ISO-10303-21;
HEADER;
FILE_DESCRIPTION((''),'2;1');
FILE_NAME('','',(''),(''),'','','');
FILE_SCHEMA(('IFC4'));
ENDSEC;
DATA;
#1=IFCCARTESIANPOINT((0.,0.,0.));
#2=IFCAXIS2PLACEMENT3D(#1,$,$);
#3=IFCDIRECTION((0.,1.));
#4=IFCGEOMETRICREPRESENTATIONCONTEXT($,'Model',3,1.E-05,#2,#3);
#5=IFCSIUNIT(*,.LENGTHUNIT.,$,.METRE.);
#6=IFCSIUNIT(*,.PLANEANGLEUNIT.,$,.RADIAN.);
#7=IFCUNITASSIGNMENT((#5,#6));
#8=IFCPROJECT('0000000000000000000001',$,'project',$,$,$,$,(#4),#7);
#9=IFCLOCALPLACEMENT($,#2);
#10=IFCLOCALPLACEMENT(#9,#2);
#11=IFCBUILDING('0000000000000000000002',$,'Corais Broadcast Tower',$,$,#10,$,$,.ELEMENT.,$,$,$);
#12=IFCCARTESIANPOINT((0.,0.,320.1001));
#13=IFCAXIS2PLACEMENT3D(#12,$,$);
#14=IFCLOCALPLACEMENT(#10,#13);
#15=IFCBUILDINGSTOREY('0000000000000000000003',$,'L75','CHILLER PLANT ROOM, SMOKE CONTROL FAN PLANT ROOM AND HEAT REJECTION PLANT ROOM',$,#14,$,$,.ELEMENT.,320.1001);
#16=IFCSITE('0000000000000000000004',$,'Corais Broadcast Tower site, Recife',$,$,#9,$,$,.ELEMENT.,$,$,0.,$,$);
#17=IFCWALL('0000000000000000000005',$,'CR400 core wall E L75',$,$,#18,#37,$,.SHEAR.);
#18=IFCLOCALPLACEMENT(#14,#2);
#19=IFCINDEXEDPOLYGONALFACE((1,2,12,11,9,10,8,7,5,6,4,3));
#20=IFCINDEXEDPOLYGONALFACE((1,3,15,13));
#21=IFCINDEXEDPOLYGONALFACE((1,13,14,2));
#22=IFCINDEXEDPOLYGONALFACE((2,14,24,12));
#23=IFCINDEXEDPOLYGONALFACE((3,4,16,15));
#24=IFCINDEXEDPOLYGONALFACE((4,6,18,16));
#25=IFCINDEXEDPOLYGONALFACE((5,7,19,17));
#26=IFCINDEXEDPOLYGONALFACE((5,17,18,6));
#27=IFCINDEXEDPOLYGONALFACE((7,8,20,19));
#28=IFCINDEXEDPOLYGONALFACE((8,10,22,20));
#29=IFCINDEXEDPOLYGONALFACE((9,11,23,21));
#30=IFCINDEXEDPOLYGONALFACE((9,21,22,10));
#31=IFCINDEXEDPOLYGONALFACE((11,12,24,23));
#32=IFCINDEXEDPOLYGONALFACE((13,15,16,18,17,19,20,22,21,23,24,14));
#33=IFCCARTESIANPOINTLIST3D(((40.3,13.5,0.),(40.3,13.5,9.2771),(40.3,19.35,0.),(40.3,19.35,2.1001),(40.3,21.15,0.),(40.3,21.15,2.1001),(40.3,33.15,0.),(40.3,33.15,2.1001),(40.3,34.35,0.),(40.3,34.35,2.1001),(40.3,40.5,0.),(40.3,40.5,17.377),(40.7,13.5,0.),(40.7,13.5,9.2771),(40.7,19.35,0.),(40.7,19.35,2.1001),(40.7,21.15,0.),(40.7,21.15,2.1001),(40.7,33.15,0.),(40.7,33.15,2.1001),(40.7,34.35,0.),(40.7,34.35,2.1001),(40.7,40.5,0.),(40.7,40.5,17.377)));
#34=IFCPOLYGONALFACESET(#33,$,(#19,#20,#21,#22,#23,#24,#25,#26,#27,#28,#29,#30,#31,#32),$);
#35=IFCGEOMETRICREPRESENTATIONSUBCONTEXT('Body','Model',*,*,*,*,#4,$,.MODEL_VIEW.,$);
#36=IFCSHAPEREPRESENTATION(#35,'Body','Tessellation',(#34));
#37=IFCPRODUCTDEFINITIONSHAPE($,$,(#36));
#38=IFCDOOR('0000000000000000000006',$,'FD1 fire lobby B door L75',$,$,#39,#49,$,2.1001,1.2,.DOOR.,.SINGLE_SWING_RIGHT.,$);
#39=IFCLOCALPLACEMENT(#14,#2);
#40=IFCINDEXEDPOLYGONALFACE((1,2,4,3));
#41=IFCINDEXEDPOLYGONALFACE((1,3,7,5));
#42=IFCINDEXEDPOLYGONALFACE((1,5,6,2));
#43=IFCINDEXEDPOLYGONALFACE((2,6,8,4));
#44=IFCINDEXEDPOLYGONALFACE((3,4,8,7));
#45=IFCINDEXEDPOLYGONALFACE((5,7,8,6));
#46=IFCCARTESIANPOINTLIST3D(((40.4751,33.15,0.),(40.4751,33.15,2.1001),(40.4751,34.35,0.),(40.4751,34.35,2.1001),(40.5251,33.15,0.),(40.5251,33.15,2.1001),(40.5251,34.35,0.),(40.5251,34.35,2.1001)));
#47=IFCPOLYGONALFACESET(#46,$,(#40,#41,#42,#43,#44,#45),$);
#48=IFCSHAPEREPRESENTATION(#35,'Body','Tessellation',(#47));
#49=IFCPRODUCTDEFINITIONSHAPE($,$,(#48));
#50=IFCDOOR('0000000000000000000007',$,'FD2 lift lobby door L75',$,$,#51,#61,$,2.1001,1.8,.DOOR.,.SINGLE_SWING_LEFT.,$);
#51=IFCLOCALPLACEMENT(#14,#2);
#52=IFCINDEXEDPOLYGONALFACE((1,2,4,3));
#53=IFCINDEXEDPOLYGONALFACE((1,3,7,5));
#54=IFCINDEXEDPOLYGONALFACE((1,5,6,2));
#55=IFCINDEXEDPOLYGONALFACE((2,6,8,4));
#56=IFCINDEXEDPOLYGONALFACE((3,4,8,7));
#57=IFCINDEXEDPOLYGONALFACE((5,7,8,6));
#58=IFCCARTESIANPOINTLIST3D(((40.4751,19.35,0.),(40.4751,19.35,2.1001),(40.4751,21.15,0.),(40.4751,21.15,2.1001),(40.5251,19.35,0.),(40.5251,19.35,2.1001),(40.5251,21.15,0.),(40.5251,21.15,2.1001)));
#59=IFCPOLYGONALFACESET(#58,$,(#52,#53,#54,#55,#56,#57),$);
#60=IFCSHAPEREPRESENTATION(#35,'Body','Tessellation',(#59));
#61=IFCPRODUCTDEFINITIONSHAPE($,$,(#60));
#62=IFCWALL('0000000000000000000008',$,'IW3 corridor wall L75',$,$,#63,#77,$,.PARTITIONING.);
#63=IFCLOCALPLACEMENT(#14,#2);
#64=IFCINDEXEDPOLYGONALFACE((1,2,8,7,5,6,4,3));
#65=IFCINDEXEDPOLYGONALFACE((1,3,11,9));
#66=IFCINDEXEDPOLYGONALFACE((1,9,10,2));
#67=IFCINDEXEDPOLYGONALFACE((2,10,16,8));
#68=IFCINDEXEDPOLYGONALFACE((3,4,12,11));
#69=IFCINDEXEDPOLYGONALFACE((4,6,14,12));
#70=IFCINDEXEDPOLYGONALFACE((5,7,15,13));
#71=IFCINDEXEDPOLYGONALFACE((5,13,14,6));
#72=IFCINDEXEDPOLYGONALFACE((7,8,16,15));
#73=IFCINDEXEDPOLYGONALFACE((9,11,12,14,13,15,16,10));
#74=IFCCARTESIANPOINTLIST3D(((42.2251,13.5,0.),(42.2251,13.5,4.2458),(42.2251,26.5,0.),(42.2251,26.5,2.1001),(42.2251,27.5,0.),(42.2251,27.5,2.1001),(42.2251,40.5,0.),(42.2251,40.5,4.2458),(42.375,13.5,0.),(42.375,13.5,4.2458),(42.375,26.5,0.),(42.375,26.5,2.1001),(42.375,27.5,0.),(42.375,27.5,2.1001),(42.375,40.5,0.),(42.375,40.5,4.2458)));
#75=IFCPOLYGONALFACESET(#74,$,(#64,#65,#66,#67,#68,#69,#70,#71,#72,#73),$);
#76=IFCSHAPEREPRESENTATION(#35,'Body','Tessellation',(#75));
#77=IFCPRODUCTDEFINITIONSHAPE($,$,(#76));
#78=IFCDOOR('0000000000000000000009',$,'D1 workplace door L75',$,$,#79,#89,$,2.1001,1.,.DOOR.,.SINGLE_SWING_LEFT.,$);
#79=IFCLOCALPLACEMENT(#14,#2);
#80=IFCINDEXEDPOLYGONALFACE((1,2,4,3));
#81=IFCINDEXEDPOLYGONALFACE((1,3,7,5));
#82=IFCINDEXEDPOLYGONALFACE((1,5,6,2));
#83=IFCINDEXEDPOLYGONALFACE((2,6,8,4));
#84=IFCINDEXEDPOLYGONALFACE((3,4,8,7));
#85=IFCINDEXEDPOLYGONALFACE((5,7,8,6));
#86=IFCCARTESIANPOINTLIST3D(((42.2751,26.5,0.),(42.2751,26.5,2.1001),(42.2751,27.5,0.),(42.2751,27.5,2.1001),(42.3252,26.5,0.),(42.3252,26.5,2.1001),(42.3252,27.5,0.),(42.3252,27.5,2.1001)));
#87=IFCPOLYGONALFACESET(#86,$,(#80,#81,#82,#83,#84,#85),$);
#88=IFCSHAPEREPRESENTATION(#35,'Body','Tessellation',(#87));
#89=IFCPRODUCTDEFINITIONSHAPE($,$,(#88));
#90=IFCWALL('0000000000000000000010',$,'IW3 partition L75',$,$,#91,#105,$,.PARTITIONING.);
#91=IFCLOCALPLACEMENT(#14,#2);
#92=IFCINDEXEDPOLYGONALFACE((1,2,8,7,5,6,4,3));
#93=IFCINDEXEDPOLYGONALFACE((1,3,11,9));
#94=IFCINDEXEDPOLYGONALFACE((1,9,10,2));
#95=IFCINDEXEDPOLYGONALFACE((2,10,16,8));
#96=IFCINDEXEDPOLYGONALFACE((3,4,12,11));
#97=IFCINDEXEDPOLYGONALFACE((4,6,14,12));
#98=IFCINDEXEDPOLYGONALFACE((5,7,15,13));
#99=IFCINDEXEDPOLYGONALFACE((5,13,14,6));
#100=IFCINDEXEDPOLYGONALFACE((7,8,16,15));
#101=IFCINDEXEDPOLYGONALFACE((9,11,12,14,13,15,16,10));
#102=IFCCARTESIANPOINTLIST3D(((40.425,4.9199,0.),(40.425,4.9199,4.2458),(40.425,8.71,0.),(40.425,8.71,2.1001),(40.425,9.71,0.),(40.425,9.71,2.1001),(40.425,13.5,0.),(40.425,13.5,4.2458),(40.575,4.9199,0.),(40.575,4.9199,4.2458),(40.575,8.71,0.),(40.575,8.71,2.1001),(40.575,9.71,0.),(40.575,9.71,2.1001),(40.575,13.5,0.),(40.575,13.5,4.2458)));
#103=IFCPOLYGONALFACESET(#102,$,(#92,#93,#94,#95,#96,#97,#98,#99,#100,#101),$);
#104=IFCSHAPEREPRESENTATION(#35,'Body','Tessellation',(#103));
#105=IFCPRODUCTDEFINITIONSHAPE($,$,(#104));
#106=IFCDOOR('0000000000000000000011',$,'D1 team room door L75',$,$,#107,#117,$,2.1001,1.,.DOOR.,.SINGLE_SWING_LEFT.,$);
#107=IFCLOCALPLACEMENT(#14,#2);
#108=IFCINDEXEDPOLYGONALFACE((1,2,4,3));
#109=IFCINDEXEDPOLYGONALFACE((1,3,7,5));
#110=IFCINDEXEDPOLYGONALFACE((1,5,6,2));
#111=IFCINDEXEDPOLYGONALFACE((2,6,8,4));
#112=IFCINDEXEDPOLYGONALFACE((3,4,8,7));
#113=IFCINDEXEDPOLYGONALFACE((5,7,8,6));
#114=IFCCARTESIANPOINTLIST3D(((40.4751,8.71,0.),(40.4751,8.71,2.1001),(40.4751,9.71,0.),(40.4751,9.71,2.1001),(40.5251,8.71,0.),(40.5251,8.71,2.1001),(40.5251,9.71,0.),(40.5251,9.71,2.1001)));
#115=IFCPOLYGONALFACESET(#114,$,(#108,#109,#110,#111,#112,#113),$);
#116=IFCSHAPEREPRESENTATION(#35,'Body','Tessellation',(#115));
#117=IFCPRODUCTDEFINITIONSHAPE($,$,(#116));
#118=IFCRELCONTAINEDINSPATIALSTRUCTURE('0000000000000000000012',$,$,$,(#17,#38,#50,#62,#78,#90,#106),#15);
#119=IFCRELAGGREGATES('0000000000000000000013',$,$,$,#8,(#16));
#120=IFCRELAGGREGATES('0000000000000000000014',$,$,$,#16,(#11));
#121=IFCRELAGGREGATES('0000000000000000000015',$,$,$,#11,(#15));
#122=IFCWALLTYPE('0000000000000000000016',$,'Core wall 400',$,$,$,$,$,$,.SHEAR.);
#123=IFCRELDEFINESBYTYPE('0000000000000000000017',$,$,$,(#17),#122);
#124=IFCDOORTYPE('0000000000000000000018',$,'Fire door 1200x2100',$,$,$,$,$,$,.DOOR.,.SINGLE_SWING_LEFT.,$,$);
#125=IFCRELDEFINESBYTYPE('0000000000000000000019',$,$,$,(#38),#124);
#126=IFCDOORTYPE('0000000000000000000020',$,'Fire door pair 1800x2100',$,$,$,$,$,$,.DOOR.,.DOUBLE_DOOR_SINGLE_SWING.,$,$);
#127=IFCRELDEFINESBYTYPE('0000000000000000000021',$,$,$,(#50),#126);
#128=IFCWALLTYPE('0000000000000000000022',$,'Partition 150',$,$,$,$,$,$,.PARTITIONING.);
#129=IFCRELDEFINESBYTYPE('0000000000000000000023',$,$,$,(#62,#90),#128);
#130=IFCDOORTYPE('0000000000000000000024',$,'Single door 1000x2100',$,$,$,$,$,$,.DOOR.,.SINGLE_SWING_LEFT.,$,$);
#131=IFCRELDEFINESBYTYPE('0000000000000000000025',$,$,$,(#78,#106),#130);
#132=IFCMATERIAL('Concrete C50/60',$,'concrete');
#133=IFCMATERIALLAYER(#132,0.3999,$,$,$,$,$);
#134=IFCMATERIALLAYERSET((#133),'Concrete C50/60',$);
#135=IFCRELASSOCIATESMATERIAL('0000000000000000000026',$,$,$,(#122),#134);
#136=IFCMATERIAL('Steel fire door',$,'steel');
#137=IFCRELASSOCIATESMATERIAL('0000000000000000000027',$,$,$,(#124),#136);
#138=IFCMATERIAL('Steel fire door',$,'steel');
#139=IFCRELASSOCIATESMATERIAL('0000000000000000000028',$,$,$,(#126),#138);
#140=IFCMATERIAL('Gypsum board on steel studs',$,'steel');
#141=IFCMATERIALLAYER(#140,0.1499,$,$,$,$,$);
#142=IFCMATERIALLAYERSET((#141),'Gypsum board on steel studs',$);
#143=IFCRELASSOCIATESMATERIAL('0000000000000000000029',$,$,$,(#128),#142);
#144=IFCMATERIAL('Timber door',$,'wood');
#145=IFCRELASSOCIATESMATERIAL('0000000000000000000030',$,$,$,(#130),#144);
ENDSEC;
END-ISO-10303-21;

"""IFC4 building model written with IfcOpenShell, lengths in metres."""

from ifc_helpers import new_model, si_unit, direction, frame, frame_2d, origin, place, context, subcontext, project, spatial, polyline, rectangle, outline, extrude, material, layer, layer_set, type_object, element, fill, save


model = new_model("IFC4")

# Units and contexts
model_context = context("Model", 3, precision=1e-05, world=origin(), true_north=direction((0.0, 1.0)))
body_context = subcontext(model_context, "Body", "Model", "MODEL_VIEW")
ifc_project = project(units=[si_unit("LENGTHUNIT", "METRE"), si_unit("PLANEANGLEUNIT", "RADIAN")], contexts=[model_context])

# Site, building, storey
site_placement = place(None, origin())
site = spatial("IfcSite", under=ifc_project, at=site_placement, Name="Corais Broadcast Tower site, Recife", CompositionType="ELEMENT", RefElevation=0.0)
building_placement = place(site_placement, origin())
building = spatial("IfcBuilding", under=site, at=building_placement, Name="Corais Broadcast Tower", CompositionType="ELEMENT")
storey_placement = place(building_placement, frame((0.0, 0.0, 320.1001)))
storey = spatial("IfcBuildingStorey", under=building, at=storey_placement, Name="L75", Description="CHILLER PLANT ROOM, SMOKE CONTROL FAN PLANT ROOM AND HEAT REJECTION PLANT ROOM", CompositionType="ELEMENT", Elevation=320.1001)

# Wall, openings, doors
ifc_material_1 = material(Name="Concrete C50/60", Category="concrete")
ifc_layer_1 = layer(ifc_material_1, 0.3999)
ifc_layer_set_1 = layer_set([ifc_layer_1], Name="Concrete C50/60")
wall_type_1 = type_object("IfcWallType", Name="Core wall 400", PredefinedType="SHEAR", material=ifc_layer_set_1)
wall_1_placement = place(storey_placement, frame((40.5, 13.5, 0.0), z_axis=(0.0, 0.0, 1.0), x_axis=(0.0, 1.0, 0.0)))
wall_1 = element("IfcWall", 1, at=wall_1_placement, inside=storey, type_object=wall_type_1, Name="CR400 core wall E L75", PredefinedType="SHEAR", context=body_context, shape_type="SweptSolid", body=[
    extrude(outline(polyline([(0.0, 0.0), (27.0, 0.0), (27.0, 17.377), (0.0, 9.2771), (0.0, 0.0)])), frame((0.0, 0.2, 0.0), z_axis=(0.0, -1.0, 0.0), x_axis=(1.0, 0.0, 0.0)), (0.0, 0.0, 1.0), 0.3999),
])
opening_1_placement = place(wall_1_placement, frame((5.8501, 0.0, 0.0)))
opening_1 = element("IfcOpeningElement", 2, at=opening_1_placement, cuts=wall_1, PredefinedType="OPENING", context=body_context, shape_type="SweptSolid", body=[
    extrude(rectangle(XDim=1.8, YDim=2.1001, at=frame_2d((0.8999, 1.05))), frame((0.0, 0.21, 0.0), z_axis=(0.0, -1.0, 0.0), x_axis=(1.0, 0.0, 0.0)), (0.0, 0.0, 1.0), 0.4199),
])
opening_2_placement = place(wall_1_placement, frame((19.6499, 0.0, 0.0)))
opening_2 = element("IfcOpeningElement", 3, at=opening_2_placement, cuts=wall_1, PredefinedType="OPENING", context=body_context, shape_type="SweptSolid", body=[
    extrude(rectangle(XDim=1.2, YDim=2.1001, at=frame_2d((0.6001, 1.05))), frame((0.0, 0.21, 0.0), z_axis=(0.0, -1.0, 0.0), x_axis=(1.0, 0.0, 0.0)), (0.0, 0.0, 1.0), 0.4199),
])
ifc_material_2 = material(Name="Steel fire door", Category="steel")
door_type_1 = type_object("IfcDoorType", Name="Fire door 1200x2100", OperationType="SINGLE_SWING_LEFT", PredefinedType="DOOR", material=ifc_material_2)
door_1_placement = place(opening_2_placement, origin())
door_1 = element("IfcDoor", 4, at=door_1_placement, inside=storey, type_object=door_type_1, Name="FD1 fire lobby B door L75", OperationType="SINGLE_SWING_RIGHT", OverallHeight=2.1001, OverallWidth=1.2, PredefinedType="DOOR", context=body_context, shape_type="SweptSolid", body=[
    extrude(rectangle(XDim=1.2, YDim=2.1001, at=frame_2d((0.6001, 1.05))), frame((0.0, 0.0249, 0.0), z_axis=(0.0, -1.0, 0.0), x_axis=(1.0, 0.0, 0.0)), (0.0, 0.0, 1.0), 0.05),
])
fill(opening_2, door_1)
ifc_material_3 = material(Name="Steel fire door", Category="steel")
door_type_2 = type_object("IfcDoorType", Name="Fire door pair 1800x2100", OperationType="DOUBLE_DOOR_SINGLE_SWING", PredefinedType="DOOR", material=ifc_material_3)
door_2_placement = place(opening_1_placement, origin())
door_2 = element("IfcDoor", 5, at=door_2_placement, inside=storey, type_object=door_type_2, Name="FD2 lift lobby door L75", OperationType="SINGLE_SWING_LEFT", OverallHeight=2.1001, OverallWidth=1.8, PredefinedType="DOOR", context=body_context, shape_type="SweptSolid", body=[
    extrude(rectangle(XDim=1.8, YDim=2.1001, at=frame_2d((0.8999, 1.05))), frame((0.0, 0.0249, 0.0), z_axis=(0.0, -1.0, 0.0), x_axis=(1.0, 0.0, 0.0)), (0.0, 0.0, 1.0), 0.05),
])
fill(opening_1, door_2)

# Walls, openings, doors
ifc_material_4 = material(Name="Gypsum board on steel studs", Category="steel")
ifc_layer_2 = layer(ifc_material_4, 0.1499)
ifc_layer_set_2 = layer_set([ifc_layer_2], Name="Gypsum board on steel studs")
wall_type_2 = type_object("IfcWallType", Name="Partition 150", PredefinedType="PARTITIONING", material=ifc_layer_set_2)
wall_2_placement = place(storey_placement, frame((42.3, 13.5, 0.0), z_axis=(0.0, 0.0, 1.0), x_axis=(0.0, 1.0, 0.0)))
wall_2 = element("IfcWall", 6, at=wall_2_placement, inside=storey, type_object=wall_type_2, Name="IW3 corridor wall L75", PredefinedType="PARTITIONING", context=body_context, shape_type="SweptSolid", body=[
    extrude(rectangle(XDim=27.0, YDim=0.1499, at=frame_2d((13.5, 0.0))), origin(), (0.0, 0.0, 1.0), 4.2458),
])
opening_3_placement = place(wall_2_placement, frame((13.0, 0.0, 0.0)))
opening_3 = element("IfcOpeningElement", 7, at=opening_3_placement, cuts=wall_2, PredefinedType="OPENING", context=body_context, shape_type="SweptSolid", body=[
    extrude(rectangle(XDim=1.0, YDim=2.1001, at=frame_2d((0.5, 1.05))), frame((0.0, 0.085, 0.0), z_axis=(0.0, -1.0, 0.0), x_axis=(1.0, 0.0, 0.0)), (0.0, 0.0, 1.0), 0.1699),
])
ifc_material_5 = material(Name="Timber door", Category="wood")
door_type_3 = type_object("IfcDoorType", Name="Single door 1000x2100", OperationType="SINGLE_SWING_LEFT", PredefinedType="DOOR", material=ifc_material_5)
door_3_placement = place(opening_3_placement, origin())
door_3 = element("IfcDoor", 8, at=door_3_placement, inside=storey, type_object=door_type_3, Name="D1 workplace door L75", OperationType="SINGLE_SWING_LEFT", OverallHeight=2.1001, OverallWidth=1.0, PredefinedType="DOOR", context=body_context, shape_type="SweptSolid", body=[
    extrude(rectangle(XDim=1.0, YDim=2.1001, at=frame_2d((0.5, 1.05))), frame((0.0, 0.0249, 0.0), z_axis=(0.0, -1.0, 0.0), x_axis=(1.0, 0.0, 0.0)), (0.0, 0.0, 1.0), 0.05),
])
fill(opening_3, door_3)
wall_3_placement = place(storey_placement, frame((40.5, 4.9199, 0.0), z_axis=(0.0, 0.0, 1.0), x_axis=(0.0, 1.0, 0.0)))
wall_3 = element("IfcWall", 9, at=wall_3_placement, inside=storey, type_object=wall_type_2, Name="IW3 partition L75", PredefinedType="PARTITIONING", context=body_context, shape_type="SweptSolid", body=[
    extrude(rectangle(XDim=8.5801, YDim=0.1499, at=frame_2d((4.29, 0.0))), origin(), (0.0, 0.0, 1.0), 4.2458),
])
opening_4_placement = place(wall_3_placement, frame((3.79, 0.0, 0.0)))
opening_4 = element("IfcOpeningElement", 10, at=opening_4_placement, cuts=wall_3, PredefinedType="OPENING", context=body_context, shape_type="SweptSolid", body=[
    extrude(rectangle(XDim=1.0, YDim=2.1001, at=frame_2d((0.5, 1.05))), frame((0.0, 0.085, 0.0), z_axis=(0.0, -1.0, 0.0), x_axis=(1.0, 0.0, 0.0)), (0.0, 0.0, 1.0), 0.1699),
])
door_4_placement = place(opening_4_placement, origin())
door_4 = element("IfcDoor", 11, at=door_4_placement, inside=storey, type_object=door_type_3, Name="D1 team room door L75", OperationType="SINGLE_SWING_LEFT", OverallHeight=2.1001, OverallWidth=1.0, PredefinedType="DOOR", context=body_context, shape_type="SweptSolid", body=[
    extrude(rectangle(XDim=1.0, YDim=2.1001, at=frame_2d((0.5, 1.05))), frame((0.0, 0.0249, 0.0), z_axis=(0.0, -1.0, 0.0), x_axis=(1.0, 0.0, 0.0)), (0.0, 0.0, 1.0), 0.05),
])
fill(opening_4, door_4)

save(model, "model.ifc")
